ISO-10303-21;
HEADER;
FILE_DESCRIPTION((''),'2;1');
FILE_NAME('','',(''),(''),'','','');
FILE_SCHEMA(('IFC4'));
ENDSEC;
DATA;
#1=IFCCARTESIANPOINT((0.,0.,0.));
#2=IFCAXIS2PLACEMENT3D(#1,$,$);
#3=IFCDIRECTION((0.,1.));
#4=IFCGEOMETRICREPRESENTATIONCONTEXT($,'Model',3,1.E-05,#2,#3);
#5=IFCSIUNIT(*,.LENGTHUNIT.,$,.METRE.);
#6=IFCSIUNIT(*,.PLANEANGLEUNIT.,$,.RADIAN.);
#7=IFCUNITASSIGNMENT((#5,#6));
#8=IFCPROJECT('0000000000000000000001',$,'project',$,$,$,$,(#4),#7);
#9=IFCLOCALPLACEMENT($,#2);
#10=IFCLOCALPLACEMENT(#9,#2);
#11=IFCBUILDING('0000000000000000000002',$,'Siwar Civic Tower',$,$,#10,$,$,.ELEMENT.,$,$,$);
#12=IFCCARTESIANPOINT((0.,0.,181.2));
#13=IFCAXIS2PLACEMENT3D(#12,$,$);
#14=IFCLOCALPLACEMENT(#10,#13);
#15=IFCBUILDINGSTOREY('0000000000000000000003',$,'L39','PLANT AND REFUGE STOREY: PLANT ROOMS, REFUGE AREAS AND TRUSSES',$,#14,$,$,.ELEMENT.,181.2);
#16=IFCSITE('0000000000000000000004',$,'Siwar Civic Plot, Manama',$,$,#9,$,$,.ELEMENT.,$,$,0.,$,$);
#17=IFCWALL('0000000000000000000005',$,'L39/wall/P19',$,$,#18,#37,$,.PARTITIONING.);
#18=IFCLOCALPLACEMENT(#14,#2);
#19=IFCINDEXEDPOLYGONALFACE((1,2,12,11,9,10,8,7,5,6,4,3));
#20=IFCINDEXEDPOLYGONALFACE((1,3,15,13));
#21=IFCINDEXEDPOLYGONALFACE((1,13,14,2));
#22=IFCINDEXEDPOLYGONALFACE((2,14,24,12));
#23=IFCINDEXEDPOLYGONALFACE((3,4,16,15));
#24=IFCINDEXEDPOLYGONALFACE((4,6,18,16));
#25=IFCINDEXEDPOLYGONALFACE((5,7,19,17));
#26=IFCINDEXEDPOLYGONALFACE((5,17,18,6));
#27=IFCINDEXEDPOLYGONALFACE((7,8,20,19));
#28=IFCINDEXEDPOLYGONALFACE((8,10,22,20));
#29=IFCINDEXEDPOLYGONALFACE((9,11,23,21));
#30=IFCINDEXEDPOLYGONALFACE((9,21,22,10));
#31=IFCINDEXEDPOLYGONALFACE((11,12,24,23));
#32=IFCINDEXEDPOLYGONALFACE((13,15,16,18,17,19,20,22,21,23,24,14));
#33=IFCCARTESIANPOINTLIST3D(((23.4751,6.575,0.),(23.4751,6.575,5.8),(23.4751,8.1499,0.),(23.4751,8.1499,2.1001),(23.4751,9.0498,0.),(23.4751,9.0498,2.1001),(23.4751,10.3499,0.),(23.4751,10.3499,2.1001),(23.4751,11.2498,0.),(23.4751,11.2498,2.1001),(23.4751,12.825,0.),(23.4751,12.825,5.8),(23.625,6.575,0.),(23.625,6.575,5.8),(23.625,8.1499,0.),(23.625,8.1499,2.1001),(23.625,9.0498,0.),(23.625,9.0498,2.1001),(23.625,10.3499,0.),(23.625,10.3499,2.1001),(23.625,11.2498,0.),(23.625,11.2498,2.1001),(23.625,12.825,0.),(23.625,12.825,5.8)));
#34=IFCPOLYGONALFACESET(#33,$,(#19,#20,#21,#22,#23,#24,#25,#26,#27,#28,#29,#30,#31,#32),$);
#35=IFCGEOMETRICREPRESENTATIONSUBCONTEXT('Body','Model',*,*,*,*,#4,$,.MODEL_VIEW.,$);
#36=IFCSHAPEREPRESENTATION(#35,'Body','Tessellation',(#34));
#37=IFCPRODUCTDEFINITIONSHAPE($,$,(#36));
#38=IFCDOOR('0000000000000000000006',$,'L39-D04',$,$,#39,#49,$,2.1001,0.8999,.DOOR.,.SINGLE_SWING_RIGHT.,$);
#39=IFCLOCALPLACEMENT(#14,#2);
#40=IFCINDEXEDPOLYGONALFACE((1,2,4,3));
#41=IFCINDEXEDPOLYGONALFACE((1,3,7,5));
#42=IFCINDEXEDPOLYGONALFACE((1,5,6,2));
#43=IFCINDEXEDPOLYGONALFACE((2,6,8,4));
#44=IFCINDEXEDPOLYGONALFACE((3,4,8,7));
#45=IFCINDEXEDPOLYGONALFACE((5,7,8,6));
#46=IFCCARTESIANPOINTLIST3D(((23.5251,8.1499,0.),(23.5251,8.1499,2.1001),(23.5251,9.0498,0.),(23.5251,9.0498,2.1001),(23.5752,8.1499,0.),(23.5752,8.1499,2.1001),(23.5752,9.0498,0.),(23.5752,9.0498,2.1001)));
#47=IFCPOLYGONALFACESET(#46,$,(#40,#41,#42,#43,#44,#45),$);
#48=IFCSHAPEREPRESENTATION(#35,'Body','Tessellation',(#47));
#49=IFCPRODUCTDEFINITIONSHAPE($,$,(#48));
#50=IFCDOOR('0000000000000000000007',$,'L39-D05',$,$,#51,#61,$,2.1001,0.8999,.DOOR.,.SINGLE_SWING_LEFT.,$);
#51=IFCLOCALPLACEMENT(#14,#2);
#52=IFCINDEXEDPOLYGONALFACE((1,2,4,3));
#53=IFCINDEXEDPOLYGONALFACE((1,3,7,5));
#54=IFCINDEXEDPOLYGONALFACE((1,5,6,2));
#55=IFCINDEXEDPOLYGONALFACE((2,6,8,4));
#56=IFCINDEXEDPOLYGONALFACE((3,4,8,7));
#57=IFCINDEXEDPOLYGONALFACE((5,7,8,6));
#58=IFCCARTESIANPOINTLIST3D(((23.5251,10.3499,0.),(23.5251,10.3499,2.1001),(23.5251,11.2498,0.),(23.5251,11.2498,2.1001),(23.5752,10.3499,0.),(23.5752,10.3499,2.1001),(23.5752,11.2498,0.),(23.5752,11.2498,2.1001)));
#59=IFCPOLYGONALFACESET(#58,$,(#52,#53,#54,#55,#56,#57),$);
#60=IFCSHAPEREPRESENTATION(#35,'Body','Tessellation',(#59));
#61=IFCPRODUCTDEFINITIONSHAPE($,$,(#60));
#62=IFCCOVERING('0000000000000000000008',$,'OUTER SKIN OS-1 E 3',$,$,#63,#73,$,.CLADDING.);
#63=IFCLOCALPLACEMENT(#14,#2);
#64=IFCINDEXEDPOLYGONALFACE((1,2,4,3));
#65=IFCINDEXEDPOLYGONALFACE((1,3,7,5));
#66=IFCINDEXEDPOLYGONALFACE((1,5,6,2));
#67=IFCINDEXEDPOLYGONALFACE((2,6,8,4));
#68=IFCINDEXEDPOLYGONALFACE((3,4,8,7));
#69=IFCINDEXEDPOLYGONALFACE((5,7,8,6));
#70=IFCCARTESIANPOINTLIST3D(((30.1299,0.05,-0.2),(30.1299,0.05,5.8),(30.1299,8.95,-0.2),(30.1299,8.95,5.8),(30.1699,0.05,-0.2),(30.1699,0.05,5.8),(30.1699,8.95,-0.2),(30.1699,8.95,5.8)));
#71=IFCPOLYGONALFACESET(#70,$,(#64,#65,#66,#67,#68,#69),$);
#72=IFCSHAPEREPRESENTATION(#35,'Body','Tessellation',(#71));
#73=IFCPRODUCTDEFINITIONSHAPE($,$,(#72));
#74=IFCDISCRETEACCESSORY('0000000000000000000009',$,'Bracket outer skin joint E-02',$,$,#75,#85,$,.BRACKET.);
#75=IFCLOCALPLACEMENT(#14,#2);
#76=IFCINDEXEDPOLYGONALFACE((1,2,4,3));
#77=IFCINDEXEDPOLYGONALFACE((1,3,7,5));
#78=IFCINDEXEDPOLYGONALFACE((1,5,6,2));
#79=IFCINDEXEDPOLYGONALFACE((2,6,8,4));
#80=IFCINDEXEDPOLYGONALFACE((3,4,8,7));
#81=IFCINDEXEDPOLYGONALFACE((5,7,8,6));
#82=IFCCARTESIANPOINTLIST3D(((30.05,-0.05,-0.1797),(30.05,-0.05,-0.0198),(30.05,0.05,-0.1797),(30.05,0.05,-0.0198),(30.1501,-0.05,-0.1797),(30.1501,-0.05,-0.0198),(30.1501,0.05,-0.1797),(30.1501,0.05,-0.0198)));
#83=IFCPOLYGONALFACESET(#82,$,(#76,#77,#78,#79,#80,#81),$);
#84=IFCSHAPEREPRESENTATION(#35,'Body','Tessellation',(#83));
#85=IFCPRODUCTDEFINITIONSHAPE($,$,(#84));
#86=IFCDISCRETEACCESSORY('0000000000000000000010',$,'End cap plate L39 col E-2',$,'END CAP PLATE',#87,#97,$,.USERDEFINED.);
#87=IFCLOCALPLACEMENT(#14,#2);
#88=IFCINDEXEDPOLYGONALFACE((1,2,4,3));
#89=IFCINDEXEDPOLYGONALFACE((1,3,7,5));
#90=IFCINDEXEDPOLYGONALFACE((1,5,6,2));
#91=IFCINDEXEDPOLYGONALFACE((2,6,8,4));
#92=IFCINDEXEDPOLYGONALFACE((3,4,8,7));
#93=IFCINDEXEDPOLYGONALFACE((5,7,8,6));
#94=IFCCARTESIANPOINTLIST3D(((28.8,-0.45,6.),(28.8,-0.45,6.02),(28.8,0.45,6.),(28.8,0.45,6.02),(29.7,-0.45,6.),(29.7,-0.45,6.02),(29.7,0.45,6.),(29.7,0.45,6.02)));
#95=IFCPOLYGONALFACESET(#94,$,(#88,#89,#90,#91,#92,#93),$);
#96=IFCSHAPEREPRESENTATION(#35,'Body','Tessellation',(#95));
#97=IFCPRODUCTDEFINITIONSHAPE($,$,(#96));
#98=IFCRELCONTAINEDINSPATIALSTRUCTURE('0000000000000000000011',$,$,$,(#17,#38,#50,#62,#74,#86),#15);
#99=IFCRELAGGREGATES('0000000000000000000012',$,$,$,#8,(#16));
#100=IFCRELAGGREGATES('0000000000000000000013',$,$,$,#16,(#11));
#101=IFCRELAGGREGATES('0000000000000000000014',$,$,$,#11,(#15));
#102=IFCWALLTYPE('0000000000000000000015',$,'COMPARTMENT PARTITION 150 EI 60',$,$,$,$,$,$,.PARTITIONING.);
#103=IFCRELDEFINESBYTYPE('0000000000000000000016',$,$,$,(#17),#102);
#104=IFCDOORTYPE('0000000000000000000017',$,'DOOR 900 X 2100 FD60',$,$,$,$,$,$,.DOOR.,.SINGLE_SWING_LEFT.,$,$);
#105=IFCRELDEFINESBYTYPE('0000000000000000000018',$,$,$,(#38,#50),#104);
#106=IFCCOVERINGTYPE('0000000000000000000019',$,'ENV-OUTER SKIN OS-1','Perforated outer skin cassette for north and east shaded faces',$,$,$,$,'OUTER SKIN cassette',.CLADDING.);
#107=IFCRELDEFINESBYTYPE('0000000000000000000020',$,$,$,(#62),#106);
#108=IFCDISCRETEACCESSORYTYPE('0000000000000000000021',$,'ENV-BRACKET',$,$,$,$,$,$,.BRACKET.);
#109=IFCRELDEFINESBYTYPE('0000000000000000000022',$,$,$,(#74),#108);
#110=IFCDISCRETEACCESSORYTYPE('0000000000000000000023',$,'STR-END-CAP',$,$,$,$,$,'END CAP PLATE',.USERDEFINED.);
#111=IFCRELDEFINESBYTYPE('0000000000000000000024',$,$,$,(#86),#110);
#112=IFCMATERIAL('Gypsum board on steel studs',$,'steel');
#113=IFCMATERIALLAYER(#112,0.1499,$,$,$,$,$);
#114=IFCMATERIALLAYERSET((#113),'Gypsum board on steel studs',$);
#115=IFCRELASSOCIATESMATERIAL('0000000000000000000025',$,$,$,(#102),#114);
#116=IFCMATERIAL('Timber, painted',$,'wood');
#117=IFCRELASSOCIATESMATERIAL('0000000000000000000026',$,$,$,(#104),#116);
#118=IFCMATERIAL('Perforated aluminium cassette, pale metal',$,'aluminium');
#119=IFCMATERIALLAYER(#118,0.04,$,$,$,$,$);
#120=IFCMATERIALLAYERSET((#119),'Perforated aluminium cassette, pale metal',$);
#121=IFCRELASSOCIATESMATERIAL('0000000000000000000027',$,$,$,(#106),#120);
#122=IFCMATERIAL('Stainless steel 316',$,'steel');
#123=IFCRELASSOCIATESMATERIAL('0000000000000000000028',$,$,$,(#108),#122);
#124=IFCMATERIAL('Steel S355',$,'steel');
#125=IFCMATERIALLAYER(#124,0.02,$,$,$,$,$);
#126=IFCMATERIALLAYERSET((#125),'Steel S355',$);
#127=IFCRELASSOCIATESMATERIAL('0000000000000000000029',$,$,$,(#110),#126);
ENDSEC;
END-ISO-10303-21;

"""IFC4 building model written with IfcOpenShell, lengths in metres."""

from ifc_helpers import new_model, si_unit, direction, frame, frame_2d, origin, origin_2d, place, context, subcontext, project, spatial, rectangle, extrude, material, layer, layer_set, type_object, element, fill, save


model = new_model("IFC4")

# Units and contexts
model_context = context("Model", 3, precision=1e-05, world=origin(), true_north=direction((0.0, 1.0)))
body_context = subcontext(model_context, "Body", "Model", "MODEL_VIEW")
ifc_project = project(units=[si_unit("LENGTHUNIT", "METRE"), si_unit("PLANEANGLEUNIT", "RADIAN")], contexts=[model_context])

# Site, building, storey
site_placement = place(None, origin())
site = spatial("IfcSite", under=ifc_project, at=site_placement, Name="Siwar Civic Plot, Manama", CompositionType="ELEMENT", RefElevation=0.0)
building_placement = place(site_placement, origin())
building = spatial("IfcBuilding", under=site, at=building_placement, Name="Siwar Civic Tower", CompositionType="ELEMENT")
storey_placement = place(building_placement, frame((0.0, 0.0, 181.2)))
storey = spatial("IfcBuildingStorey", under=building, at=storey_placement, Name="L39", Description="PLANT AND REFUGE STOREY: PLANT ROOMS, REFUGE AREAS AND TRUSSES", CompositionType="ELEMENT", Elevation=181.2)

# Shared definitions
ifc_material_1 = material(Name="Gypsum board on steel studs", Category="steel")
ifc_layer_1 = layer(ifc_material_1, 0.1499)
ifc_layer_set_1 = layer_set([ifc_layer_1], Name="Gypsum board on steel studs")
wall_type = type_object("IfcWallType", Name="COMPARTMENT PARTITION 150 EI 60", PredefinedType="PARTITIONING", material=ifc_layer_set_1)

# Wall, openings, doors
wall_1_placement = place(storey_placement, frame((23.55, 6.575, 0.0), z_axis=(0.0, 0.0, 1.0), x_axis=(0.0, 1.0, 0.0)))
wall_1 = element("IfcWall", 1, at=wall_1_placement, inside=storey, type_object=wall_type, Name="L39/wall/P19", PredefinedType="PARTITIONING", context=body_context, shape_type="SweptSolid", body=[
    extrude(rectangle(XDim=6.25, YDim=0.1499, at=frame_2d((3.125, 0.0))), origin(), (0.0, 0.0, 1.0), 5.8),
])
opening_1_placement = place(wall_1_placement, frame((1.575, 0.0, 0.0)))
opening_1 = element("IfcOpeningElement", 2, at=opening_1_placement, cuts=wall_1, PredefinedType="OPENING", context=body_context, shape_type="SweptSolid", body=[
    extrude(rectangle(XDim=0.8999, YDim=2.1001, at=frame_2d((0.45, 1.05))), frame((0.0, 0.085, 0.0), z_axis=(0.0, -1.0, 0.0), x_axis=(1.0, 0.0, 0.0)), (0.0, 0.0, 1.0), 0.1699),
])
opening_2_placement = place(wall_1_placement, frame((3.7749, 0.0, 0.0)))
opening_2 = element("IfcOpeningElement", 3, at=opening_2_placement, cuts=wall_1, PredefinedType="OPENING", context=body_context, shape_type="SweptSolid", body=[
    extrude(rectangle(XDim=0.8999, YDim=2.1001, at=frame_2d((0.45, 1.05))), frame((0.0, 0.085, 0.0), z_axis=(0.0, -1.0, 0.0), x_axis=(1.0, 0.0, 0.0)), (0.0, 0.0, 1.0), 0.1699),
])
ifc_material_2 = material(Name="Timber, painted", Category="wood")
door_type_1 = type_object("IfcDoorType", Name="DOOR 900 X 2100 FD60", OperationType="SINGLE_SWING_LEFT", PredefinedType="DOOR", material=ifc_material_2)
door_1_placement = place(opening_1_placement, origin())
door_1 = element("IfcDoor", 4, at=door_1_placement, inside=storey, type_object=door_type_1, Name="L39-D04", OperationType="SINGLE_SWING_RIGHT", OverallHeight=2.1001, OverallWidth=0.8999, PredefinedType="DOOR", context=body_context, shape_type="SweptSolid", body=[
    extrude(rectangle(XDim=0.8999, YDim=2.1001, at=frame_2d((0.45, 1.05))), frame((0.0, 0.0249, 0.0), z_axis=(0.0, -1.0, 0.0), x_axis=(1.0, 0.0, 0.0)), (0.0, 0.0, 1.0), 0.05),
])
fill(opening_1, door_1)
door_2_placement = place(opening_2_placement, origin())
door_2 = element("IfcDoor", 5, at=door_2_placement, inside=storey, type_object=door_type_1, Name="L39-D05", OperationType="SINGLE_SWING_LEFT", OverallHeight=2.1001, OverallWidth=0.8999, PredefinedType="DOOR", context=body_context, shape_type="SweptSolid", body=[
    extrude(rectangle(XDim=0.8999, YDim=2.1001, at=frame_2d((0.45, 1.05))), frame((0.0, 0.0249, 0.0), z_axis=(0.0, -1.0, 0.0), x_axis=(1.0, 0.0, 0.0)), (0.0, 0.0, 1.0), 0.05),
])
fill(opening_2, door_2)

# Covering
ifc_material_3 = material(Name="Perforated aluminium cassette, pale metal", Category="aluminium")
ifc_layer_2 = layer(ifc_material_3, 0.04)
ifc_layer_set_2 = layer_set([ifc_layer_2], Name="Perforated aluminium cassette, pale metal")
covering_type = type_object("IfcCoveringType", Name="ENV-OUTER SKIN OS-1", Description="Perforated outer skin cassette for north and east shaded faces", ElementType="OUTER SKIN cassette", PredefinedType="CLADDING", material=ifc_layer_set_2)
covering_placement = place(storey_placement, frame((30.1499, 4.5, -0.2), z_axis=(0.0, 0.0, 1.0), x_axis=(0.0, 1.0, 0.0)))
element("IfcCovering", 6, at=covering_placement, inside=storey, type_object=covering_type, Name="OUTER SKIN OS-1 E 3", PredefinedType="CLADDING", context=body_context, shape_type="SweptSolid", body=[
    extrude(rectangle(XDim=8.8999, YDim=0.04, at=origin_2d()), origin(), (0.0, 0.0, 1.0), 6.0),
])

# Discrete accessories
ifc_material_4 = material(Name="Stainless steel 316", Category="steel")
discrete_accessory_type_1 = type_object("IfcDiscreteAccessoryType", Name="ENV-BRACKET", PredefinedType="BRACKET", material=ifc_material_4)
discrete_accessory_1_placement = place(storey_placement, frame((30.1001, 0.0, -0.1797), z_axis=(0.0, 0.0, 1.0), x_axis=(1.0, 0.0, 0.0)))
element("IfcDiscreteAccessory", 7, at=discrete_accessory_1_placement, inside=storey, type_object=discrete_accessory_type_1, Name="Bracket outer skin joint E-02", PredefinedType="BRACKET", context=body_context, shape_type="SweptSolid", body=[
    extrude(rectangle(XDim=0.1001, YDim=0.1001, at=origin_2d()), origin(), (0.0, 0.0, 1.0), 0.1599),
])
ifc_material_5 = material(Name="Steel S355", Category="steel")
ifc_layer_3 = layer(ifc_material_5, 0.02)
ifc_layer_set_3 = layer_set([ifc_layer_3], Name="Steel S355")
discrete_accessory_type_2 = type_object("IfcDiscreteAccessoryType", Name="STR-END-CAP", ElementType="END CAP PLATE", PredefinedType="USERDEFINED", material=ifc_layer_set_3)
discrete_accessory_2_placement = place(storey_placement, frame((29.25, 0.0, 6.0), z_axis=(0.0, 0.0, 1.0), x_axis=(1.0, 0.0, 0.0)))
element("IfcDiscreteAccessory", 8, at=discrete_accessory_2_placement, inside=storey, type_object=discrete_accessory_type_2, Name="End cap plate L39 col E-2", ObjectType="END CAP PLATE", PredefinedType="USERDEFINED", context=body_context, shape_type="SweptSolid", body=[
    extrude(rectangle(XDim=0.8999, YDim=0.8999, at=origin_2d()), origin(), (0.0, 0.0, 1.0), 0.02),
])

save(model, "model.ifc")
